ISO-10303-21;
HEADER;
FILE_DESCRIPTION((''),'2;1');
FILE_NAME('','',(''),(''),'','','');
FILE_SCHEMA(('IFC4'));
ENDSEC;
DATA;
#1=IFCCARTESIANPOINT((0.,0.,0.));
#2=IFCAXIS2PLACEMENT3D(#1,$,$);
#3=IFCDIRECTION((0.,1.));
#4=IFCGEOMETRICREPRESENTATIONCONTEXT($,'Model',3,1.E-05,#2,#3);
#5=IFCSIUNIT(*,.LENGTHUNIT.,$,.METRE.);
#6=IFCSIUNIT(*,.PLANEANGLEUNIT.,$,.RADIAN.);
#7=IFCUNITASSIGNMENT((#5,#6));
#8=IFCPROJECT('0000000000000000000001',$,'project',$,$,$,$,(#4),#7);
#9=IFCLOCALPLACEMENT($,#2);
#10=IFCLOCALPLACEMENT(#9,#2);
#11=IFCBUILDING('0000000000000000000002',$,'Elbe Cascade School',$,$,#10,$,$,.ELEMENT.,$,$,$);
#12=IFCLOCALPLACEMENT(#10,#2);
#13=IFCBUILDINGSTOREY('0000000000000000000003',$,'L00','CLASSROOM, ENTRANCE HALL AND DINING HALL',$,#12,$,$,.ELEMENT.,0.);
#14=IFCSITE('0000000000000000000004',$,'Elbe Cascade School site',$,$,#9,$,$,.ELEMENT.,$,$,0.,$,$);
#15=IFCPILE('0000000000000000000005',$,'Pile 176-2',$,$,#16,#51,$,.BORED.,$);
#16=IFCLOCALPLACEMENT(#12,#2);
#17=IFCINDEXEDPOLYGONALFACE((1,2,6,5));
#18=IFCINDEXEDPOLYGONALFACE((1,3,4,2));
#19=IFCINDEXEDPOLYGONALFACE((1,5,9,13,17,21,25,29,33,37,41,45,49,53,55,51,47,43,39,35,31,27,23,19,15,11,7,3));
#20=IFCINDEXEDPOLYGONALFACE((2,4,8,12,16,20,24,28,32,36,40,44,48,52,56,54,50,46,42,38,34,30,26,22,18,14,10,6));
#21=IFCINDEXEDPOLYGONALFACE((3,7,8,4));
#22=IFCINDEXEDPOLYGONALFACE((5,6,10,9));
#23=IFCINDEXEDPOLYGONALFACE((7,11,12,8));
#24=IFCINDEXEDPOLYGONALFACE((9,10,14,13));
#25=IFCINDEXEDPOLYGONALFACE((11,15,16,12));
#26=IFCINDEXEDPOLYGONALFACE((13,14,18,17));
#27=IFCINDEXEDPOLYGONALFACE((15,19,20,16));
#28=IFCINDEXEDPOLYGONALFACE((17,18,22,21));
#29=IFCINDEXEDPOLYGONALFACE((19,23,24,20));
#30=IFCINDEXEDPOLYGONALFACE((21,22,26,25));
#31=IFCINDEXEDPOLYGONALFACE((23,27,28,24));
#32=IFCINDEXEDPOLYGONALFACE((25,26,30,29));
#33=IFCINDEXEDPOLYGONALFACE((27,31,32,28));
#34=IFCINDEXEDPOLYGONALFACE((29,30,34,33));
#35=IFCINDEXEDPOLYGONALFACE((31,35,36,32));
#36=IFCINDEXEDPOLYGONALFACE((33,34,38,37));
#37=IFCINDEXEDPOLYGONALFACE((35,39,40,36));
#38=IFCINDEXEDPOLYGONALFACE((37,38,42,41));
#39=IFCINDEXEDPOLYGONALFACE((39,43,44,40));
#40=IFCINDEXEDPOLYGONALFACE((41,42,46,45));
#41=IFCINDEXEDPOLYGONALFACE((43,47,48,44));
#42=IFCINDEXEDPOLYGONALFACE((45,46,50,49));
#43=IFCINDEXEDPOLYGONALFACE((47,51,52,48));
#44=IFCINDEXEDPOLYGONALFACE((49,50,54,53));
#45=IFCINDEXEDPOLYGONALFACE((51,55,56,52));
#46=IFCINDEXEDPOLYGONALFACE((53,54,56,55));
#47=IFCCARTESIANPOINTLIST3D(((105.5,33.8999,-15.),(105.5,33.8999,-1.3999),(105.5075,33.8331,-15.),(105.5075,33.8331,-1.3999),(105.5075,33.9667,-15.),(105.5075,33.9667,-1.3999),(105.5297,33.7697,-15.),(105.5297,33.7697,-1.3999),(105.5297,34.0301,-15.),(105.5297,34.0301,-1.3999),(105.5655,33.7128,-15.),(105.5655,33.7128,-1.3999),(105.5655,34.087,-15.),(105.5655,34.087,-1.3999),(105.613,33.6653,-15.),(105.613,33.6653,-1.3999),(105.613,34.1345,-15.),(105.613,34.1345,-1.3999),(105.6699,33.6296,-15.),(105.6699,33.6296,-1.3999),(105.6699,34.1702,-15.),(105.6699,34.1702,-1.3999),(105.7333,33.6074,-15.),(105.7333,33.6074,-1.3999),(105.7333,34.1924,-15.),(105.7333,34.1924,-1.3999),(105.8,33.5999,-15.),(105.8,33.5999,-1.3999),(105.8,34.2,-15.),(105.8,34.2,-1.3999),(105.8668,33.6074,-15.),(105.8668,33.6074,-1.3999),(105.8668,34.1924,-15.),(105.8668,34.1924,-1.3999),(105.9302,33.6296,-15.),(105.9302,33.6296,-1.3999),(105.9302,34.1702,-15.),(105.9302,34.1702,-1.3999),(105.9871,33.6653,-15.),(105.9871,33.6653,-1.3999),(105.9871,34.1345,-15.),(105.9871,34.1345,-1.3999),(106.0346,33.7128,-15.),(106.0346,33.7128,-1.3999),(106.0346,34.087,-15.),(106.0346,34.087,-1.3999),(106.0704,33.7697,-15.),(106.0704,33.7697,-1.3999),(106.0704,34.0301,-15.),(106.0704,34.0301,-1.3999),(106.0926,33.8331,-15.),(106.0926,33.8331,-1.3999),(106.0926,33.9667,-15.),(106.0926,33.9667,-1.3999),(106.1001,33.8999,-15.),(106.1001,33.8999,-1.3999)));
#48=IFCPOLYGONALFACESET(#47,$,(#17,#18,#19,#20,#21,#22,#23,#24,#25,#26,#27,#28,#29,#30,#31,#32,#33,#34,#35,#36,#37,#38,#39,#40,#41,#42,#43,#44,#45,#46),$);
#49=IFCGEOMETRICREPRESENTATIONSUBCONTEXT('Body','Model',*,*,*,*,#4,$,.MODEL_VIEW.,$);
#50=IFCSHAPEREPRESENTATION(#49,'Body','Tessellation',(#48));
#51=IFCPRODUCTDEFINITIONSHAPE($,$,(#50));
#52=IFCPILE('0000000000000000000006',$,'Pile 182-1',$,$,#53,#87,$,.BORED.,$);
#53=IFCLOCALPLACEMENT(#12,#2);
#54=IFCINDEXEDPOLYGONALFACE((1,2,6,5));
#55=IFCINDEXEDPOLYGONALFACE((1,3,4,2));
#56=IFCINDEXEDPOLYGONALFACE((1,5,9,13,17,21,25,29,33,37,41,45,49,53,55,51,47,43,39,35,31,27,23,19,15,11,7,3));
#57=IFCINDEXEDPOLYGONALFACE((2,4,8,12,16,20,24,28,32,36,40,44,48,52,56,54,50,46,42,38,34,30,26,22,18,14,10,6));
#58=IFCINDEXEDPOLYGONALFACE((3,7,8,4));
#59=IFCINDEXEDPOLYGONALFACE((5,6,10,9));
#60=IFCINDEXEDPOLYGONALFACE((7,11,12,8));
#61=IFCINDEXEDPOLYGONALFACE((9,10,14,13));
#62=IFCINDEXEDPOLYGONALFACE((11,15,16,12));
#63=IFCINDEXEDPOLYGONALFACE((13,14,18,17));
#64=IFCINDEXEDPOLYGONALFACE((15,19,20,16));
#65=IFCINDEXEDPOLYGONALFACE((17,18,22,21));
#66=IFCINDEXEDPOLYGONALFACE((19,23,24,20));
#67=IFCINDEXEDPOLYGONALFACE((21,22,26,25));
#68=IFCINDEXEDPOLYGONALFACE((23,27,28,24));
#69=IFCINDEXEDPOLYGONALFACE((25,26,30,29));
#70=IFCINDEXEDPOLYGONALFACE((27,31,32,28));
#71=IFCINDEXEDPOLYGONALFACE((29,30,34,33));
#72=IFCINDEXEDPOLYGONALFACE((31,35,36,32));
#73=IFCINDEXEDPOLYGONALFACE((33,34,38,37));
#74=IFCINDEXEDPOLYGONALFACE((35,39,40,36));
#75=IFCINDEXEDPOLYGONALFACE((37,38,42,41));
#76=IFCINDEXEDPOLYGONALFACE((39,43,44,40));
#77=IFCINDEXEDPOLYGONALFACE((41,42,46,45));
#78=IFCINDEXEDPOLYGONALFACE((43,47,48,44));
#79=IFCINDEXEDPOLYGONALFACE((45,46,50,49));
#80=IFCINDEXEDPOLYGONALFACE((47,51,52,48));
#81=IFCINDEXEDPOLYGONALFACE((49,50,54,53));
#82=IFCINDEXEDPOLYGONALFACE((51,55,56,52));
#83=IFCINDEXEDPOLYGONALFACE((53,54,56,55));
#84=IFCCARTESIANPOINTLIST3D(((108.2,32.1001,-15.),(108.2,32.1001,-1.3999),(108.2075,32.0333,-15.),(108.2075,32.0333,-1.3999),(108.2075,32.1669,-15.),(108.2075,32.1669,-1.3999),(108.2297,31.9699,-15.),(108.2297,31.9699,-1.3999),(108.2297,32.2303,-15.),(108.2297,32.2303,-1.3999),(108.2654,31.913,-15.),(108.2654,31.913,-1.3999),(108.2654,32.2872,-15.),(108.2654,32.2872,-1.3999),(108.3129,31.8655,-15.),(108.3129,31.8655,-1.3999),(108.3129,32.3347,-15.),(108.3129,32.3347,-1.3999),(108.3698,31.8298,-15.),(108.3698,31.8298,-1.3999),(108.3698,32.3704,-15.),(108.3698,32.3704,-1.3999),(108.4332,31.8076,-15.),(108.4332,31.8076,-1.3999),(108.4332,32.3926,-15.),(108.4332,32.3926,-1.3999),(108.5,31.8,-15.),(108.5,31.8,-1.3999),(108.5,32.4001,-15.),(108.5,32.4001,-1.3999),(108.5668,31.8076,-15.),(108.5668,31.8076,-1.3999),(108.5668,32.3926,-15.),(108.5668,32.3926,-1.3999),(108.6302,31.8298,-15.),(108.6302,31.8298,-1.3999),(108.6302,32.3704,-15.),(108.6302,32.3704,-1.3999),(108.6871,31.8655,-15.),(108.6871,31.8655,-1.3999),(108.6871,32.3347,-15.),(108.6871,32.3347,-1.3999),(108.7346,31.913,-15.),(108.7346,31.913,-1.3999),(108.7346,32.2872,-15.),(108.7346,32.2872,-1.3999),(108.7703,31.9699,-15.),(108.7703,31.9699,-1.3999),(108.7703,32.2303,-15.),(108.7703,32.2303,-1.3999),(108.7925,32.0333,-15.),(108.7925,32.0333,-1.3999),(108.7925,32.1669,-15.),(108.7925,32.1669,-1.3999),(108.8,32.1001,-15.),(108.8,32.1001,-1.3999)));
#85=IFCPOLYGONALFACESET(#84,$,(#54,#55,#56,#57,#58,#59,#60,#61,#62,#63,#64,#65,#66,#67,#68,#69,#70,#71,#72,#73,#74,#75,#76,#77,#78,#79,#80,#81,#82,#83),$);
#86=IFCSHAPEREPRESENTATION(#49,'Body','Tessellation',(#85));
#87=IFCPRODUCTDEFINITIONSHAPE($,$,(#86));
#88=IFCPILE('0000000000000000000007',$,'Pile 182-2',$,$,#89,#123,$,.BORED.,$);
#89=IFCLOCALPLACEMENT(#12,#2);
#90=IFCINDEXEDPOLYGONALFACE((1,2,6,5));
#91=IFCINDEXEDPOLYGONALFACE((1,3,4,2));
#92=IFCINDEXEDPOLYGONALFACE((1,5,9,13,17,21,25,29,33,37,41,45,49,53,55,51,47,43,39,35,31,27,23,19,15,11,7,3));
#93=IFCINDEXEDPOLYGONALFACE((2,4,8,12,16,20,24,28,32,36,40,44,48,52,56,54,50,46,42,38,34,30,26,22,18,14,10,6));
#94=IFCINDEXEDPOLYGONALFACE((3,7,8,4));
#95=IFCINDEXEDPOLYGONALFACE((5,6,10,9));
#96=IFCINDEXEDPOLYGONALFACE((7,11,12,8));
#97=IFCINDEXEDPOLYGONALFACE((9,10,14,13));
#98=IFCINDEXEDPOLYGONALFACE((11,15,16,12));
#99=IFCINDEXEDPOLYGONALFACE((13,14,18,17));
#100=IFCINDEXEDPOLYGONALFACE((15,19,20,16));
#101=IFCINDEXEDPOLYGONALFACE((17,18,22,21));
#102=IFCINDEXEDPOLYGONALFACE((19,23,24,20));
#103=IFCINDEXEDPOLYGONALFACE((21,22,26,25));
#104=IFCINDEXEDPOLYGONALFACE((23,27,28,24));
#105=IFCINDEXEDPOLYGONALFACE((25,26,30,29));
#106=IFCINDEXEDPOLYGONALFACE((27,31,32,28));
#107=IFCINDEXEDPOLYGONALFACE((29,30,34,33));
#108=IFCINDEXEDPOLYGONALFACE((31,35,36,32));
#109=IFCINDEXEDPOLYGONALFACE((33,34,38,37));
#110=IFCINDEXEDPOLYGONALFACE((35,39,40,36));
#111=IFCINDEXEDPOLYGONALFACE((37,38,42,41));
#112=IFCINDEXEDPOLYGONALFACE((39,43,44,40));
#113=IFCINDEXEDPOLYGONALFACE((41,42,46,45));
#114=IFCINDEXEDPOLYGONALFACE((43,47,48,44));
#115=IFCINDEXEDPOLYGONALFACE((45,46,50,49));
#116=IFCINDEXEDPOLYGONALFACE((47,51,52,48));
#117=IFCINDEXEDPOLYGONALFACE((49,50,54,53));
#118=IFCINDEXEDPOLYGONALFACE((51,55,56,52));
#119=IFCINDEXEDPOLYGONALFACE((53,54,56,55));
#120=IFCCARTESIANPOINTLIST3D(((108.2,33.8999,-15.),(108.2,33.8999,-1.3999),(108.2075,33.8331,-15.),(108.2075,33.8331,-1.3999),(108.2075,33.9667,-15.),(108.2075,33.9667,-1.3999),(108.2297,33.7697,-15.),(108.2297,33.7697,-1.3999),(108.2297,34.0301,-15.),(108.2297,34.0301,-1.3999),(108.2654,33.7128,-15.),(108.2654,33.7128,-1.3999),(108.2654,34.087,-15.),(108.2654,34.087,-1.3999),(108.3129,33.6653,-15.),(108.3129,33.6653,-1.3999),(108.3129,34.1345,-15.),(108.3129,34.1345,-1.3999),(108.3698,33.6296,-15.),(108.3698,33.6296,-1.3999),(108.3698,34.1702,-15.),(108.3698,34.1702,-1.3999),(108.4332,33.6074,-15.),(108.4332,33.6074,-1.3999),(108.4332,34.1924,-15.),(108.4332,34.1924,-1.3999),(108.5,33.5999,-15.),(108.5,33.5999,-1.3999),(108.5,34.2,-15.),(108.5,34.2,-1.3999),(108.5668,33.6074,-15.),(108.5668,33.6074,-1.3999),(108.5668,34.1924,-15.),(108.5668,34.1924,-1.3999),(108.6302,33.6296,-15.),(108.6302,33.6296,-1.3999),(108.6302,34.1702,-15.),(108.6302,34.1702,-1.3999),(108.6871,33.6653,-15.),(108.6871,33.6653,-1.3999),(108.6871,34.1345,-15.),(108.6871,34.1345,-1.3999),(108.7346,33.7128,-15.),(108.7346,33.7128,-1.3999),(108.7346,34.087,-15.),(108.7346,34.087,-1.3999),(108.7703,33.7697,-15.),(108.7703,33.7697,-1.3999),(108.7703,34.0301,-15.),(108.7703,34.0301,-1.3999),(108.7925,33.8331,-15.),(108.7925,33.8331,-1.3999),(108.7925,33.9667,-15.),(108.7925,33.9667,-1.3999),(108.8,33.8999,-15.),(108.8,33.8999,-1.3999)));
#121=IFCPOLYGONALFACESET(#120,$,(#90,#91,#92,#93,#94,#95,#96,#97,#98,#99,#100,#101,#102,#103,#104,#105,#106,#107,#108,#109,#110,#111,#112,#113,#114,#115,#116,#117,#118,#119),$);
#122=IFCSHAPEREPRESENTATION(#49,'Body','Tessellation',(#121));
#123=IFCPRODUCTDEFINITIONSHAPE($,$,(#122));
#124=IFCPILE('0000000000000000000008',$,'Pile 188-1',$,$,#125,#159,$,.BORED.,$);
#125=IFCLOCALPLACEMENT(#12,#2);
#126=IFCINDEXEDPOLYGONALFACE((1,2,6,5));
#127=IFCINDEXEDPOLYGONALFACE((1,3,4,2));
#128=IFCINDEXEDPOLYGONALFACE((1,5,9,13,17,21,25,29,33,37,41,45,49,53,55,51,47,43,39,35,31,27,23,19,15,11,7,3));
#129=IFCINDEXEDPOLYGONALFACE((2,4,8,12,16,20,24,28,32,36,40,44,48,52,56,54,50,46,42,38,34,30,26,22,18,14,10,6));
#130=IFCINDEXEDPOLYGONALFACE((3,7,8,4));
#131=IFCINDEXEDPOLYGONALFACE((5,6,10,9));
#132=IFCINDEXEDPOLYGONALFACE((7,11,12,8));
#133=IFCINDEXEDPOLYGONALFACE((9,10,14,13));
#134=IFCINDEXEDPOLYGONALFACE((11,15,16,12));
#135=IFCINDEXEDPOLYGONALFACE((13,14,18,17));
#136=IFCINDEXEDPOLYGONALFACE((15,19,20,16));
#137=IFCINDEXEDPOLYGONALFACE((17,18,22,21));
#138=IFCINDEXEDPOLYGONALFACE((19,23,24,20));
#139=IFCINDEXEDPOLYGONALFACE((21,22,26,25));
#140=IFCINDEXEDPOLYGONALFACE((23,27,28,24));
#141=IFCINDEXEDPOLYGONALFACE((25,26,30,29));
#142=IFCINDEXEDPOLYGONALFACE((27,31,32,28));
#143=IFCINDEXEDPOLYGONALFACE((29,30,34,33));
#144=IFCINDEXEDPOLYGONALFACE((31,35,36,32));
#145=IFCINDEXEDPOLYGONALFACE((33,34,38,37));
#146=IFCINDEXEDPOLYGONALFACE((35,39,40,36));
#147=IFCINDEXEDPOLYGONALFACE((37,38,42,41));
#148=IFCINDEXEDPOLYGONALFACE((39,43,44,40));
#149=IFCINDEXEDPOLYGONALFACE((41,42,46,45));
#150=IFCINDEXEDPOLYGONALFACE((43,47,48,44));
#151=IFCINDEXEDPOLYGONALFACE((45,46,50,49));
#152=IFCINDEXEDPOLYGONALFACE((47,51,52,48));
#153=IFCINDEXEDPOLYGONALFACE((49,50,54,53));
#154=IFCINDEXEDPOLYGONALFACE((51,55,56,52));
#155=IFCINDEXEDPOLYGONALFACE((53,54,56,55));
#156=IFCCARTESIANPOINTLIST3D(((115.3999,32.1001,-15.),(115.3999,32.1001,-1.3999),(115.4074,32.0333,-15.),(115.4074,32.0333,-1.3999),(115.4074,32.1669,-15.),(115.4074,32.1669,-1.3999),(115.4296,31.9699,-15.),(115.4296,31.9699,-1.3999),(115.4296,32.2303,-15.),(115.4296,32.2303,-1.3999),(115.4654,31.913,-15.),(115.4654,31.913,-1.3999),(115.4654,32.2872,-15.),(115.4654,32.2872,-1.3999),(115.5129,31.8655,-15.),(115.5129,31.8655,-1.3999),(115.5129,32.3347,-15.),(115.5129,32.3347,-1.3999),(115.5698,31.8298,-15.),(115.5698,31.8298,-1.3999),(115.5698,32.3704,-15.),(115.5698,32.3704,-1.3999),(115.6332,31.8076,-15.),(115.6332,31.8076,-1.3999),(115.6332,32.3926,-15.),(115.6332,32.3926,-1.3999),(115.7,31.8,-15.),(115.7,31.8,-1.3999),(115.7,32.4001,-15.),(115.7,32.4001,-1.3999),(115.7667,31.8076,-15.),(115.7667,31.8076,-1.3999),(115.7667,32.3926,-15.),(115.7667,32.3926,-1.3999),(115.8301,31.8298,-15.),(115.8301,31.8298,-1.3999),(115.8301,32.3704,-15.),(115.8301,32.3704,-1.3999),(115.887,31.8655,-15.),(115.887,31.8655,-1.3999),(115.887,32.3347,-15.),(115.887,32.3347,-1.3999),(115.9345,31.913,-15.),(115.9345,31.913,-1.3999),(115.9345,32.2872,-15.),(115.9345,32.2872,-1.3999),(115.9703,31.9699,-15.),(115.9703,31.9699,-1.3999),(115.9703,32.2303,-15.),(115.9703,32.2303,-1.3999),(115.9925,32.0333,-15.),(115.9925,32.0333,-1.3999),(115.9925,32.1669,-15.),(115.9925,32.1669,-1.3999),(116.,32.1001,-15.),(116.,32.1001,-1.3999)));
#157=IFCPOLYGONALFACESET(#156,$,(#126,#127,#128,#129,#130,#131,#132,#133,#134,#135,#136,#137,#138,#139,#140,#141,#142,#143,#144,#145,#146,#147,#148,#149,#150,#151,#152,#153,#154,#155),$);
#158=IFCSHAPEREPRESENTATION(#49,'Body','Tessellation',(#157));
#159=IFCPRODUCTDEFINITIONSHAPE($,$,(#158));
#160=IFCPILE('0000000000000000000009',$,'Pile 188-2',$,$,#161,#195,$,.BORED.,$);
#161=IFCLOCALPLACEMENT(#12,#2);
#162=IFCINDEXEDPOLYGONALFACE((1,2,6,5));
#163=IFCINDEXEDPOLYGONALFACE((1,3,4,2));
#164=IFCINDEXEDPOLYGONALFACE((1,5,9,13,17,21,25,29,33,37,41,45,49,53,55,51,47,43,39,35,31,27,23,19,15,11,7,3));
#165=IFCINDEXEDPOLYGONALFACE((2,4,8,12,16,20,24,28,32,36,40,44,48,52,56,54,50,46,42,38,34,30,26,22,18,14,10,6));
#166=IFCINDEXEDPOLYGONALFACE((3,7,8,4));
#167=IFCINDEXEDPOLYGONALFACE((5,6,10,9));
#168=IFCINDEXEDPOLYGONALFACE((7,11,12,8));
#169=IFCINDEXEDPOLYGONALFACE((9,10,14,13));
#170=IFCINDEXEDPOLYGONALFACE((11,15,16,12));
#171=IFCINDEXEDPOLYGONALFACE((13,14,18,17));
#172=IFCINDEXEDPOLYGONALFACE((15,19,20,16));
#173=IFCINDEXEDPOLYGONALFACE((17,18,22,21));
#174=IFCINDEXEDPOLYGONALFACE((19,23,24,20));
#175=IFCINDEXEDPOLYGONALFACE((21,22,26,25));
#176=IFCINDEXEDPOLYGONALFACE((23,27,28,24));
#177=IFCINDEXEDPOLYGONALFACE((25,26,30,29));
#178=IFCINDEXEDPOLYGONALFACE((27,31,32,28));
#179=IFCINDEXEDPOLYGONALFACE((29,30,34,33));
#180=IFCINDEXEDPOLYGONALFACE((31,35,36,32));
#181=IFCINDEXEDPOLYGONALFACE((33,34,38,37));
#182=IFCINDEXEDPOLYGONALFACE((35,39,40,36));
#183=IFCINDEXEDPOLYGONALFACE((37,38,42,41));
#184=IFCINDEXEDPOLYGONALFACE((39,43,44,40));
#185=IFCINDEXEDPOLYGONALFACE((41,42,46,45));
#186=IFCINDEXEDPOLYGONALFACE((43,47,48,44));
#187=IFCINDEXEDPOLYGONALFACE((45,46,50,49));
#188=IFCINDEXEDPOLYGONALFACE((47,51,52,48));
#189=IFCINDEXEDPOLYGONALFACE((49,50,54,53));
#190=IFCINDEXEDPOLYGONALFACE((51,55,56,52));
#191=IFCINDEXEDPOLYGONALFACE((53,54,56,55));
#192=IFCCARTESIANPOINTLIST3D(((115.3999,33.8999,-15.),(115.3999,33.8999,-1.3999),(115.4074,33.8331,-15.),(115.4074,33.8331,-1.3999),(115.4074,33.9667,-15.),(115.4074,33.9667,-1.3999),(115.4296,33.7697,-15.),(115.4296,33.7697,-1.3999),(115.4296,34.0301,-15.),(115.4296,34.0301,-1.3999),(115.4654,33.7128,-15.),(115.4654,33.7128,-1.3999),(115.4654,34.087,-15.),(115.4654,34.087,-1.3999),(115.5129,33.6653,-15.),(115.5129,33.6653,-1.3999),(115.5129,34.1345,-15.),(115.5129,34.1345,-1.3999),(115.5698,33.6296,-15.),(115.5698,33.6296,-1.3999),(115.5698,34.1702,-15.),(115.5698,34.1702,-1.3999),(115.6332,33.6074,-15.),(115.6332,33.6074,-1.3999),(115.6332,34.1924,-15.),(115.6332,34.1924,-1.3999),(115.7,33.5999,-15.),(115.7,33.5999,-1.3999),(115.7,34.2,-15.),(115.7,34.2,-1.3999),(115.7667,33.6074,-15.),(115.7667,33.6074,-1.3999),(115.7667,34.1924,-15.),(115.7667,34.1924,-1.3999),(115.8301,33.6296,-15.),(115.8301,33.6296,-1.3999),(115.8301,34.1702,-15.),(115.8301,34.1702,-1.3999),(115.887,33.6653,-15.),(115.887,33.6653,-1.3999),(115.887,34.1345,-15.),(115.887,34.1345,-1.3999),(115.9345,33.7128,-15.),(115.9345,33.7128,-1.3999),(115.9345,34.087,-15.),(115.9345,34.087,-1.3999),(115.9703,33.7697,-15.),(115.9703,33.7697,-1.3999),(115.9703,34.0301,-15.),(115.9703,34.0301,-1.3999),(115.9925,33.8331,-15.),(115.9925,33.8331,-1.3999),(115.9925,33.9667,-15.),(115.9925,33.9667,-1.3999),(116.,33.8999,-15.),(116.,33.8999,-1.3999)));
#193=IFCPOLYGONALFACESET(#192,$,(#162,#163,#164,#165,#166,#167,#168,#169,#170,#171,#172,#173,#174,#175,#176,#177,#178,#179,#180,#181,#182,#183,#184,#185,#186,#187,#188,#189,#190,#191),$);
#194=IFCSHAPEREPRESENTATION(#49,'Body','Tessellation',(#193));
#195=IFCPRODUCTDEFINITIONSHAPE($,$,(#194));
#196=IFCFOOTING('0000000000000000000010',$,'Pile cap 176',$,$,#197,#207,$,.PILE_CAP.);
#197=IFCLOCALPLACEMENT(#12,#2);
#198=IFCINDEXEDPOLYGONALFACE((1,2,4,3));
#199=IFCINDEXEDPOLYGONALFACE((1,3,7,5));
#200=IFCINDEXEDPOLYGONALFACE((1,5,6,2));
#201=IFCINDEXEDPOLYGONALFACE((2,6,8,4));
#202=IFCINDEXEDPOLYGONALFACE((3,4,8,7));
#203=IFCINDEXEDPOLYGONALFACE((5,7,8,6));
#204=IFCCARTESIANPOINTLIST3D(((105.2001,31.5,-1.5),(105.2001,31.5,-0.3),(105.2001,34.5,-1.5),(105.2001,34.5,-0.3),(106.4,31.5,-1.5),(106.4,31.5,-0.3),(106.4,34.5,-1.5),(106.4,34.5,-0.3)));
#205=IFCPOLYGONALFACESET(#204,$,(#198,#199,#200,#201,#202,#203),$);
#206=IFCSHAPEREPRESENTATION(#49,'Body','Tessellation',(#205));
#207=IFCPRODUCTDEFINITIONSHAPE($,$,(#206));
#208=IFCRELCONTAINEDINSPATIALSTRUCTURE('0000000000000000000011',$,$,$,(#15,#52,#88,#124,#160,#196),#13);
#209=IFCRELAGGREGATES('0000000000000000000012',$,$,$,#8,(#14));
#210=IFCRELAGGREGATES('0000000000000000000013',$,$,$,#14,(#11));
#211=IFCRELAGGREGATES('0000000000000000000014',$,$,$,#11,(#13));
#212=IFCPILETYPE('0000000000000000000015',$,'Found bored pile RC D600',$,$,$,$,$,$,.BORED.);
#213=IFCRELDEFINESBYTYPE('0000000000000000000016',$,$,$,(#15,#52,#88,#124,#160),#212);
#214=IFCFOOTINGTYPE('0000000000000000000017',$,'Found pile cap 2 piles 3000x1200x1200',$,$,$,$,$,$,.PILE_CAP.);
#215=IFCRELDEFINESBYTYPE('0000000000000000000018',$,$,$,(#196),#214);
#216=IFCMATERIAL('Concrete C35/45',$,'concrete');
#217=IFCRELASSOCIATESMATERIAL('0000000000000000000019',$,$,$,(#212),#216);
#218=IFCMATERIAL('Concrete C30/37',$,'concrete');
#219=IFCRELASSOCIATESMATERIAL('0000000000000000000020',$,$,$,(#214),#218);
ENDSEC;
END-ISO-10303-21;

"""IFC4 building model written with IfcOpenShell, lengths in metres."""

from ifc_helpers import new_model, si_unit, direction, frame, origin, origin_2d, place, context, subcontext, project, spatial, rectangle, circle, extrude, material, material_profile, profile_set, type_object, element, save


model = new_model("IFC4")

# Units and contexts
model_context = context("Model", 3, precision=1e-05, world=origin(), true_north=direction((0.0, 1.0)))
body_context = subcontext(model_context, "Body", "Model", "MODEL_VIEW")
ifc_project = project(units=[si_unit("LENGTHUNIT", "METRE"), si_unit("PLANEANGLEUNIT", "RADIAN")], contexts=[model_context])

# Site, building, storey
site_placement = place(None, origin())
site = spatial("IfcSite", under=ifc_project, at=site_placement, Name="Elbe Cascade School site", CompositionType="ELEMENT", RefElevation=0.0)
building_placement = place(site_placement, origin())
building = spatial("IfcBuilding", under=site, at=building_placement, Name="Elbe Cascade School", CompositionType="ELEMENT")
storey_placement = place(building_placement, origin())
storey = spatial("IfcBuildingStorey", under=building, at=storey_placement, Name="L00", Description="CLASSROOM, ENTRANCE HALL AND DINING HALL", CompositionType="ELEMENT", Elevation=0.0)

# Piles
ifc_material_1 = material(Name="Concrete C35/45", Category="concrete")
ifc_material_profile_1 = material_profile(ifc_material_1, circle(Radius=0.3, at=origin_2d()), Name="RC D600")
ifc_profile_set_1 = profile_set([ifc_material_profile_1], Name="Concrete C35/45")
pile_type = type_object("IfcPileType", Name="Found bored pile RC D600", PredefinedType="BORED", material=ifc_profile_set_1)
for number, where, z_axis, x_axis, name in (
    (1, (105.8, 33.8999, -1.3999), (0.0, 0.0, -1.0), (1.0, 0.0, 0.0), "Pile 176-2"),
    (2, (108.5, 32.1001, -1.3999), (0.0, 0.0, -1.0), (1.0, 0.0, 0.0), "Pile 182-1"),
    (3, (108.5, 33.8999, -1.3999), (0.0, 0.0, -1.0), (1.0, 0.0, 0.0), "Pile 182-2"),
    (4, (115.7, 32.1001, -1.3999), (0.0, 0.0, -1.0), (1.0, 0.0, 0.0), "Pile 188-1"),
    (5, (115.7, 33.8999, -1.3999), (0.0, 0.0, -1.0), (1.0, 0.0, 0.0), "Pile 188-2"),
):
    element("IfcPile", number, at=place(storey_placement, frame(where, z_axis=z_axis, x_axis=x_axis)), inside=storey, type_object=pile_type, Name=name, PredefinedType="BORED", context=body_context, shape_type="SweptSolid", body=[
        extrude(circle(Radius=0.3, at=origin_2d()), origin(), (0.0, 0.0, 1.0), 13.6001),
    ])

# Footing
ifc_material_2 = material(Name="Concrete C30/37", Category="concrete")
footing_type = type_object("IfcFootingType", Name="Found pile cap 2 piles 3000x1200x1200", PredefinedType="PILE_CAP", material=ifc_material_2)
for number, where, z_axis, x_axis, name in (
    (6, (105.8, 33.0, -1.5), (0.0, 0.0, 1.0), (1.0, 0.0, 0.0), "Pile cap 176"),
):
    element("IfcFooting", number, at=place(storey_placement, frame(where, z_axis=z_axis, x_axis=x_axis)), inside=storey, type_object=footing_type, Name=name, PredefinedType="PILE_CAP", context=body_context, shape_type="SweptSolid", body=[
        extrude(rectangle(XDim=1.2, YDim=3.0, at=origin_2d()), origin(), (0.0, 0.0, 1.0), 1.2),
    ])

save(model, "model.ifc")
